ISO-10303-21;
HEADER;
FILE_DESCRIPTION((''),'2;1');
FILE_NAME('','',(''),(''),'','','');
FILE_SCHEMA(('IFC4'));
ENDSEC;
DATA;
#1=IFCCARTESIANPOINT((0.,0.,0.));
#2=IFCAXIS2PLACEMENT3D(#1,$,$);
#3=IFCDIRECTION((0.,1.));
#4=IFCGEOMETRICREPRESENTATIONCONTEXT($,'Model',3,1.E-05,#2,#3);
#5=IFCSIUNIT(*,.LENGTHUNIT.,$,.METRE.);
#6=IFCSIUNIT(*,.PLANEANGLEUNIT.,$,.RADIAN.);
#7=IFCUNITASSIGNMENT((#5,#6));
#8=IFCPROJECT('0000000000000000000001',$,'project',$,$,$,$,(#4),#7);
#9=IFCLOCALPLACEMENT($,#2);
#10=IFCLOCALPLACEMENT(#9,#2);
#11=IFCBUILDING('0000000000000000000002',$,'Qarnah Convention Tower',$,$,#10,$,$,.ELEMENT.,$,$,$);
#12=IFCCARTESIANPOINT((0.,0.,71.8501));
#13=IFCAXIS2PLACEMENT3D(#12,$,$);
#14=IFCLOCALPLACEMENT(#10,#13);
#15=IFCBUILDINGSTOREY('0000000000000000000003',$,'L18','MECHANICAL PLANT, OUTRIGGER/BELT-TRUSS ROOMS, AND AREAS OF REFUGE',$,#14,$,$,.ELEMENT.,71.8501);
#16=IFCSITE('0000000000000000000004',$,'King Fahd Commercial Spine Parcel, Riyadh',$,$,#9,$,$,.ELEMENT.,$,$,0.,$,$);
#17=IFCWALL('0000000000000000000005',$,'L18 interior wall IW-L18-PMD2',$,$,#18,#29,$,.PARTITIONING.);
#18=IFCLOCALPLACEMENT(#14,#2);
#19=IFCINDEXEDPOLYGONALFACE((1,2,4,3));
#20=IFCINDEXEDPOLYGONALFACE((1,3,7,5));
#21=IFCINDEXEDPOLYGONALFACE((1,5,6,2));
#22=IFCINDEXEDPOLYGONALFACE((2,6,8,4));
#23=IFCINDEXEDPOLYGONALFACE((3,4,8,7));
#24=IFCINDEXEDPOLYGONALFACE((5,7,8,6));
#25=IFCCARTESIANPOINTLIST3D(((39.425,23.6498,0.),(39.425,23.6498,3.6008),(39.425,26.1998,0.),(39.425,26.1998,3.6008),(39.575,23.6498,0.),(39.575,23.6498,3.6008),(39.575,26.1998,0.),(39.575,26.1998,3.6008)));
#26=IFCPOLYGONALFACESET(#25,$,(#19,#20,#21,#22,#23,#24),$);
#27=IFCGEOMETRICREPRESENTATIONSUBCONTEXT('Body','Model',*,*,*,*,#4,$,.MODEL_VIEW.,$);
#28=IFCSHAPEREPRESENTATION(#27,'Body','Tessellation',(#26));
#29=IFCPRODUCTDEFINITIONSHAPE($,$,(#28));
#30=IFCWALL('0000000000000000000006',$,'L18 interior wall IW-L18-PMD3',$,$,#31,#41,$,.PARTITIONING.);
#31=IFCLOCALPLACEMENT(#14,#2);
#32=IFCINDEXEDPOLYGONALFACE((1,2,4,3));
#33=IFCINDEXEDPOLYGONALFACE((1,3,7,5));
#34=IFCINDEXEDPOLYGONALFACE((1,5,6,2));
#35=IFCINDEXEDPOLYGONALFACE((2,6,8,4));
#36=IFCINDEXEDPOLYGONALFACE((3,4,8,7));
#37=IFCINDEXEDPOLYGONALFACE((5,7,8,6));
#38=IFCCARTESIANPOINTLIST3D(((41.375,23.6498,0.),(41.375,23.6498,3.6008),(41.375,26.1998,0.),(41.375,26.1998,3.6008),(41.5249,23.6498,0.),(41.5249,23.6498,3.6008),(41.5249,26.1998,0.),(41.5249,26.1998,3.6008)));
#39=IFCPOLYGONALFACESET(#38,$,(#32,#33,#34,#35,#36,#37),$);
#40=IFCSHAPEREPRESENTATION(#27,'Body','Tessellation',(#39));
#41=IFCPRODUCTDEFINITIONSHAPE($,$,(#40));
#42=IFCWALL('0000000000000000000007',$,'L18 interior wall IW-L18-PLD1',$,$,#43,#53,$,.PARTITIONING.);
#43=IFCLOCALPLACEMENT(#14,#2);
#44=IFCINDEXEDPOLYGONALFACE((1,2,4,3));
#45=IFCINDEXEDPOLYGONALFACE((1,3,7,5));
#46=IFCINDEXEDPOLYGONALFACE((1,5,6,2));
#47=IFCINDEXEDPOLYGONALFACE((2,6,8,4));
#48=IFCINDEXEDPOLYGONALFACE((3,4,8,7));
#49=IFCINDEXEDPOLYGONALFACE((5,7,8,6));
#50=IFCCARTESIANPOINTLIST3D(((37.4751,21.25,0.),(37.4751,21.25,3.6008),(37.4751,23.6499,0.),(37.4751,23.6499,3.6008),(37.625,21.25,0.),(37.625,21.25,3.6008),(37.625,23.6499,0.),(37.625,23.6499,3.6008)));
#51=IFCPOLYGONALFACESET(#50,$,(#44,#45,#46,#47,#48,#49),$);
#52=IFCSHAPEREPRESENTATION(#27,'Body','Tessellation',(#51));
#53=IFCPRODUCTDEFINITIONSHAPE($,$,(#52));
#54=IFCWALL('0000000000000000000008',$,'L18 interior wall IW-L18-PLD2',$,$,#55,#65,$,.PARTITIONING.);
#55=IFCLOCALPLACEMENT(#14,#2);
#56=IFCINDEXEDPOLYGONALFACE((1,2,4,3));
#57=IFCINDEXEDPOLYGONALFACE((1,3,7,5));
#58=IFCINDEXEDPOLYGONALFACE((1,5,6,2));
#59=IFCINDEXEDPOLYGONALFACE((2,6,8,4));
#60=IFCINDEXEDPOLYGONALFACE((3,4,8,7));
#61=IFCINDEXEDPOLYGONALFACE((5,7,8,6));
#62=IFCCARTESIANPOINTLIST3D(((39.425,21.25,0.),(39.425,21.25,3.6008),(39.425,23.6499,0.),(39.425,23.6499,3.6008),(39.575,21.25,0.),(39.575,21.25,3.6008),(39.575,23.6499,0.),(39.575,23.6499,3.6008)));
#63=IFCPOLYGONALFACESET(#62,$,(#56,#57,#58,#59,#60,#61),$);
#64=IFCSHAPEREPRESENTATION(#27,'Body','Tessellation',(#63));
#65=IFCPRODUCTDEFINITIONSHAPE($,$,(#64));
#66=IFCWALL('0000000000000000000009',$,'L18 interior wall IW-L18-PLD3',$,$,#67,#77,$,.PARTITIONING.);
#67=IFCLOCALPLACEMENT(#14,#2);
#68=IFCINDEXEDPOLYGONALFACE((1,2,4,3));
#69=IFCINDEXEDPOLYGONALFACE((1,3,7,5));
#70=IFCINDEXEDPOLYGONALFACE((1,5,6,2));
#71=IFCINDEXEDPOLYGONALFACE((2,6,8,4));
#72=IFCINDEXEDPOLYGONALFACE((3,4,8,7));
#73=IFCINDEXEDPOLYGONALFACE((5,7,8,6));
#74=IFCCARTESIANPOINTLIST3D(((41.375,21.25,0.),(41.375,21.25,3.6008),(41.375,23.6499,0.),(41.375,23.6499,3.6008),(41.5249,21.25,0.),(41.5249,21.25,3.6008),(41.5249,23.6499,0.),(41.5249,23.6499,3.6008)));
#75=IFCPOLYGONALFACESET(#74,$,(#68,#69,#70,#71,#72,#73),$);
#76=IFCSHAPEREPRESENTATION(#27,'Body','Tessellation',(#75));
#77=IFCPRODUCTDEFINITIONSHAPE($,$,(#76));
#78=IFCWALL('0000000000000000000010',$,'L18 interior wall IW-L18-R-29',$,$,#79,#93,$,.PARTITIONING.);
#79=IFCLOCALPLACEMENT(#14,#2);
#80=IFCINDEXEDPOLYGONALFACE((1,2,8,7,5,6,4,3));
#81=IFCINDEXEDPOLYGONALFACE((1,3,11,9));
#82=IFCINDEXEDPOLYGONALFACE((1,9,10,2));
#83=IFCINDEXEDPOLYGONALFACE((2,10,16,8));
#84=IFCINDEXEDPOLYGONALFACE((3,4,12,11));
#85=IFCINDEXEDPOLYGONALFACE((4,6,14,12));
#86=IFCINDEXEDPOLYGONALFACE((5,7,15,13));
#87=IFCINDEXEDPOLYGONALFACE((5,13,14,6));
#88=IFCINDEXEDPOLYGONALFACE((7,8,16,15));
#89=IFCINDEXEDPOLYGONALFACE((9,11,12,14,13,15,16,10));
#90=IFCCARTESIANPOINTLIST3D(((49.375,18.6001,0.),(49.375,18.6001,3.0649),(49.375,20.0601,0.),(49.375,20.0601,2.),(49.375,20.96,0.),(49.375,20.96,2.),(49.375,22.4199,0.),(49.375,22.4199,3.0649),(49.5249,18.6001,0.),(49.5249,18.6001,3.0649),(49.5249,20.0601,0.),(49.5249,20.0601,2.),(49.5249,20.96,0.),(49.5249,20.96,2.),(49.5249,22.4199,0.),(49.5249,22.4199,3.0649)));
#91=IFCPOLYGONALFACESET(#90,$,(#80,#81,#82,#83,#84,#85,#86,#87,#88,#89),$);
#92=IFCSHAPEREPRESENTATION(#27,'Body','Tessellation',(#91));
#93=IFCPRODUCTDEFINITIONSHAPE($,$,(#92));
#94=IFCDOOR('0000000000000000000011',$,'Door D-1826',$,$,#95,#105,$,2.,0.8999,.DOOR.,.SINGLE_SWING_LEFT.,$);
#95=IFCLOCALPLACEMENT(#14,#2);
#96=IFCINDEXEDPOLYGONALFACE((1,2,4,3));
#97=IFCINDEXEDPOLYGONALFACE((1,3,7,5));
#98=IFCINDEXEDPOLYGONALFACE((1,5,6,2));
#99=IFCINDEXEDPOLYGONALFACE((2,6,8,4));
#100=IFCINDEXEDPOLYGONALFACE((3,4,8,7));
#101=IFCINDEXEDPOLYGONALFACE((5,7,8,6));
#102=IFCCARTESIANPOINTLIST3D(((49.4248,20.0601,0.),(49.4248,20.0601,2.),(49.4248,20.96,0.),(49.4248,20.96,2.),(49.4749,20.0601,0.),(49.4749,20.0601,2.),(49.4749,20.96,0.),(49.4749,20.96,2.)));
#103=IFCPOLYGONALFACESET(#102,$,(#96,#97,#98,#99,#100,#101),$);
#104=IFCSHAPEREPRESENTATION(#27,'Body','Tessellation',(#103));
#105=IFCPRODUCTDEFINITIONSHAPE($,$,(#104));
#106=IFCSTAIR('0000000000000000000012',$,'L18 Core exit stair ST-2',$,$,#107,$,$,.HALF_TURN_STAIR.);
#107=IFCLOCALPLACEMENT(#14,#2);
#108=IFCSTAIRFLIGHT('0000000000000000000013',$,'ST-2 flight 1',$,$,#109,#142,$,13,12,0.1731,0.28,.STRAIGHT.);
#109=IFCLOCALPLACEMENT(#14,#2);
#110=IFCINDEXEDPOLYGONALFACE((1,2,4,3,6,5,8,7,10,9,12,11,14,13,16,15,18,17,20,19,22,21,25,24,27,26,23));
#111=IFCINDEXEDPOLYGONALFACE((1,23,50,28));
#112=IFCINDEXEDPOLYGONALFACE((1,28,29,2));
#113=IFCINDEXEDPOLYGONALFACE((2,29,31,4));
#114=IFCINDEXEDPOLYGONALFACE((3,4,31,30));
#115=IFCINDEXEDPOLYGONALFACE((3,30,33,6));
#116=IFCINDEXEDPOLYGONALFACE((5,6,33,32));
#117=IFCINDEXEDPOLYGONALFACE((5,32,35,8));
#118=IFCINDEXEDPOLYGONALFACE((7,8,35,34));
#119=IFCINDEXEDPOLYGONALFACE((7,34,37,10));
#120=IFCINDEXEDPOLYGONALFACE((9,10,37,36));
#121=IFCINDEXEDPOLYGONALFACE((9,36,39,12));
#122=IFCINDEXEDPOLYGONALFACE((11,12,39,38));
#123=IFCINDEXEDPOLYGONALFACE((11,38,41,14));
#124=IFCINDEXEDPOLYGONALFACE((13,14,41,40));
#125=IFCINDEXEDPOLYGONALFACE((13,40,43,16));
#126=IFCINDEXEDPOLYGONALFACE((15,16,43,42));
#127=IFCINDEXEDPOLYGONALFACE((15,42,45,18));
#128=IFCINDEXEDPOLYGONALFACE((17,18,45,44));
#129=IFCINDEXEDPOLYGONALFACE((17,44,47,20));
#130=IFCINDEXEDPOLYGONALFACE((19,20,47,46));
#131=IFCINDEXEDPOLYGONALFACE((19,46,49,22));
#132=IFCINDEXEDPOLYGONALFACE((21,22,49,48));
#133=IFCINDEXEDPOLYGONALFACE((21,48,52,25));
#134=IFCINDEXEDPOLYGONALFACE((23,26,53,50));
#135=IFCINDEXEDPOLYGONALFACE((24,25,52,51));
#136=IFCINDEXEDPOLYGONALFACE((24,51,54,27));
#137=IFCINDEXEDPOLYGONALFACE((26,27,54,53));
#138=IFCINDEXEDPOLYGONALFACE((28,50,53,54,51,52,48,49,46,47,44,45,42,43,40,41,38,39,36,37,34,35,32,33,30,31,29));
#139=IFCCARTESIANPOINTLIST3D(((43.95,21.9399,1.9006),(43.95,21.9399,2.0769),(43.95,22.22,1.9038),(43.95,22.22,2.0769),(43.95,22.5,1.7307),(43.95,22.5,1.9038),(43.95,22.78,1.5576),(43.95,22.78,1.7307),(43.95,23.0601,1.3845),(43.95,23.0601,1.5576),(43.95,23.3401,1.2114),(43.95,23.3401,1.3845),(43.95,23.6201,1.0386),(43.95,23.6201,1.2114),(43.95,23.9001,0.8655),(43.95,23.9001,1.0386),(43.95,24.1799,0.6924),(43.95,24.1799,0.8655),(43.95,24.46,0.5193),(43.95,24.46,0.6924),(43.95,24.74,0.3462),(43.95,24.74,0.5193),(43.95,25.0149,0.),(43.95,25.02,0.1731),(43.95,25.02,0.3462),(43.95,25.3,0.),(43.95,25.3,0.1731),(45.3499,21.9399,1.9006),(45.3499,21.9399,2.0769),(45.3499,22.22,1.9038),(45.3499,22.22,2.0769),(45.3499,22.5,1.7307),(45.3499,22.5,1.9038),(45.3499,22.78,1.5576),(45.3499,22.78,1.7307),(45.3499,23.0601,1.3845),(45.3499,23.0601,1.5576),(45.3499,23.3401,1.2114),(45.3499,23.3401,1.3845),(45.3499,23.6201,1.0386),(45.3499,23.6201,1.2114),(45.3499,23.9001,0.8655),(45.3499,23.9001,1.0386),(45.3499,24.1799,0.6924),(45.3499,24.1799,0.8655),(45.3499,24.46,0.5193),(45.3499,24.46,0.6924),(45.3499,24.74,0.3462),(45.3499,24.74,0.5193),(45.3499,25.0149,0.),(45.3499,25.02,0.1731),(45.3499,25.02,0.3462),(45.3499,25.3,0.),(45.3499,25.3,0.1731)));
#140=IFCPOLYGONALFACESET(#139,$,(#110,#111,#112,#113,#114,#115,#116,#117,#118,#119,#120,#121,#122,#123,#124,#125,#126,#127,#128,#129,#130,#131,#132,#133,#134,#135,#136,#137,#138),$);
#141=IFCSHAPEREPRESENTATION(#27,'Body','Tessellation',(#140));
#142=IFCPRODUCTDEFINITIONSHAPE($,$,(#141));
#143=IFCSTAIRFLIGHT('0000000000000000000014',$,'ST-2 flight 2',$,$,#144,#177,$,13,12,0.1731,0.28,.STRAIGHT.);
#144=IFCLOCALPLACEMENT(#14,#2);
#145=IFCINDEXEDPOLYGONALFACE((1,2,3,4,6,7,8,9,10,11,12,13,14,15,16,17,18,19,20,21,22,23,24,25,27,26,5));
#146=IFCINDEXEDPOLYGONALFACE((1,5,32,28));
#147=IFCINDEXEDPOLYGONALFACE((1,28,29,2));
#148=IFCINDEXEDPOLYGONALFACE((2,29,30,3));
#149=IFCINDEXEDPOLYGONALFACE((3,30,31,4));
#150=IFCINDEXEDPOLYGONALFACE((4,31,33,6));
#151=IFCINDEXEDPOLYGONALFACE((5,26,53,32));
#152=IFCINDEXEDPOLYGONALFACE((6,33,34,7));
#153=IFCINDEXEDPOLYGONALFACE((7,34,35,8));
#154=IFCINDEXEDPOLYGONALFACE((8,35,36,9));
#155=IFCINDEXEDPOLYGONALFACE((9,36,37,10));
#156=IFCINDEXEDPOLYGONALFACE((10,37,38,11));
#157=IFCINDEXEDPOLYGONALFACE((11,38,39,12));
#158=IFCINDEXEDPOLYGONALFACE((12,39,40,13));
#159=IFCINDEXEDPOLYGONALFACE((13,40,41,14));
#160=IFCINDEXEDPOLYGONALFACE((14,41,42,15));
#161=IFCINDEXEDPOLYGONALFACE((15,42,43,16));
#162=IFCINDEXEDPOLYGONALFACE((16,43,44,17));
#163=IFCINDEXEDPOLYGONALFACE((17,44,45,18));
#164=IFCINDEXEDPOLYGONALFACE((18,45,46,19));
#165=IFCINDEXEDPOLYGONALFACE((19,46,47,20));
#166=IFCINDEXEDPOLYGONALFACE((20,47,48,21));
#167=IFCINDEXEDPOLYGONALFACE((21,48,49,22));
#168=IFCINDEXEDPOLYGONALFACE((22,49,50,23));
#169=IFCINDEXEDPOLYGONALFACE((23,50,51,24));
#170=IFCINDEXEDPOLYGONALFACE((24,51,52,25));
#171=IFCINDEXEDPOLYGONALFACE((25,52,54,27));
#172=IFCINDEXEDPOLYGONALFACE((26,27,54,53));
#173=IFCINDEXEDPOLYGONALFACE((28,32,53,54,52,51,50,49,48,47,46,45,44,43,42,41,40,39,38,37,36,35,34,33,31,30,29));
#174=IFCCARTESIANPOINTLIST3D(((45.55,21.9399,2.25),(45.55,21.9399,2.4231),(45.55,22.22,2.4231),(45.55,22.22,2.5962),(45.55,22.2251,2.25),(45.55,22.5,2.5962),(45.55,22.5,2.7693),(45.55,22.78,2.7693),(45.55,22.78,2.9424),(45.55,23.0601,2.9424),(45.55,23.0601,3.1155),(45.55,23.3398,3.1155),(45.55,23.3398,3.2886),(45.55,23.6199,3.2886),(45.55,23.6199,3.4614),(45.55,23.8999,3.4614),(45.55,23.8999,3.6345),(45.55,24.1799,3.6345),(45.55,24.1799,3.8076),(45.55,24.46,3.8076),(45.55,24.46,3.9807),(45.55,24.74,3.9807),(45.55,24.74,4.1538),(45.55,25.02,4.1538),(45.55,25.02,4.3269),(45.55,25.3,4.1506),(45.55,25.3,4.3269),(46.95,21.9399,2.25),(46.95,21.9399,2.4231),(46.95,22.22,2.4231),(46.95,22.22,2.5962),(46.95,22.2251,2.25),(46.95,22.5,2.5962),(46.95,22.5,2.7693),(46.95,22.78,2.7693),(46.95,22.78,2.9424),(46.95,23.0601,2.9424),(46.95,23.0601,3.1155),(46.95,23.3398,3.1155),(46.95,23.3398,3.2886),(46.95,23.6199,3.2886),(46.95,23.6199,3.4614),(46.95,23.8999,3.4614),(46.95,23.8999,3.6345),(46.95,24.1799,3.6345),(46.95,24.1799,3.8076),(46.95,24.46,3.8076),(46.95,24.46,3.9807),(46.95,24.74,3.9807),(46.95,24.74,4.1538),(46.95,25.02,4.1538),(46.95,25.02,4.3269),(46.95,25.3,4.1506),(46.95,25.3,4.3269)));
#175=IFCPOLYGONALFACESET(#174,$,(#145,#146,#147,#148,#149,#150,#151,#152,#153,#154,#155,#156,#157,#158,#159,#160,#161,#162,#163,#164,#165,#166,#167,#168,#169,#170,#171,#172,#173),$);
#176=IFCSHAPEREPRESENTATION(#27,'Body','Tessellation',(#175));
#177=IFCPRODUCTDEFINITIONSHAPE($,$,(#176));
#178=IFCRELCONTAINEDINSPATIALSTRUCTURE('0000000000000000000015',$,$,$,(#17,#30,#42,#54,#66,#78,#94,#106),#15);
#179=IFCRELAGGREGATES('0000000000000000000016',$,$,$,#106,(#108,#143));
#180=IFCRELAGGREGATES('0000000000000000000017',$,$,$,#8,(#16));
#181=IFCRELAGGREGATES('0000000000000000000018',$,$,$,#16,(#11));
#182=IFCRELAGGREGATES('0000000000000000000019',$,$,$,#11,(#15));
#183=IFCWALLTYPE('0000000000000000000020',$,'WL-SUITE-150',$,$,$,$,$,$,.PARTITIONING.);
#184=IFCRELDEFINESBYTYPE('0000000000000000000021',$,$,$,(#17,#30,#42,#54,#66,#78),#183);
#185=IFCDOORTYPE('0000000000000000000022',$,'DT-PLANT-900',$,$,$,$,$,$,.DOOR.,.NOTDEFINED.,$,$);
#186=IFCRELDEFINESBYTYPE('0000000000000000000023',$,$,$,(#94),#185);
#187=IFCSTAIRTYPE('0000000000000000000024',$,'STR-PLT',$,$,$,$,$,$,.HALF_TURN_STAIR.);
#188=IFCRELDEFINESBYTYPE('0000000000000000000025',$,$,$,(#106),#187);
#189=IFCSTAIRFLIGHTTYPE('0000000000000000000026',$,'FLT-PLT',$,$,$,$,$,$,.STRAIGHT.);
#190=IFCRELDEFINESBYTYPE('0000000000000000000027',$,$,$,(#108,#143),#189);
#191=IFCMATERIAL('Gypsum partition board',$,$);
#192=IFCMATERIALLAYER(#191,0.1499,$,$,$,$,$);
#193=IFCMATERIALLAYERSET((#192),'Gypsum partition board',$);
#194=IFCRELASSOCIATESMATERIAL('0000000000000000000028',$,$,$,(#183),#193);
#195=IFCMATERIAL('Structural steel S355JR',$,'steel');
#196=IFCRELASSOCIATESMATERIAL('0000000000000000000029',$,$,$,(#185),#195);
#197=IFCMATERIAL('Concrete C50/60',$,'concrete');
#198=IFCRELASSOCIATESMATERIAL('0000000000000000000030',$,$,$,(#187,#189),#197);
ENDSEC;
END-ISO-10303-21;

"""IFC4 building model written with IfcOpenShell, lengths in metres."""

from ifc_helpers import new_model, si_unit, direction, frame, frame_2d, origin, place, context, subcontext, project, spatial, polyline, rectangle, outline, extrude, material, layer, layer_set, type_object, element, fill, aggregate, save


model = new_model("IFC4")

# Units and contexts
model_context = context("Model", 3, precision=1e-05, world=origin(), true_north=direction((0.0, 1.0)))
body_context = subcontext(model_context, "Body", "Model", "MODEL_VIEW")
ifc_project = project(units=[si_unit("LENGTHUNIT", "METRE"), si_unit("PLANEANGLEUNIT", "RADIAN")], contexts=[model_context])

# Site, building, storey
site_placement = place(None, origin())
site = spatial("IfcSite", under=ifc_project, at=site_placement, Name="King Fahd Commercial Spine Parcel, Riyadh", CompositionType="ELEMENT", RefElevation=0.0)
building_placement = place(site_placement, origin())
building = spatial("IfcBuilding", under=site, at=building_placement, Name="Qarnah Convention Tower", CompositionType="ELEMENT")
storey_placement = place(building_placement, frame((0.0, 0.0, 71.8501)))
storey = spatial("IfcBuildingStorey", under=building, at=storey_placement, Name="L18", Description="MECHANICAL PLANT, OUTRIGGER/BELT-TRUSS ROOMS, AND AREAS OF REFUGE", CompositionType="ELEMENT", Elevation=71.8501)

# Shared definitions
ifc_material_1 = material(Name="Structural steel S355JR", Category="steel")

# Walls
ifc_material_2 = material(Name="Gypsum partition board")
ifc_layer_1 = layer(ifc_material_2, 0.1499)
ifc_layer_set_1 = layer_set([ifc_layer_1], Name="Gypsum partition board")
wall_type_1 = type_object("IfcWallType", Name="WL-SUITE-150", PredefinedType="PARTITIONING", material=ifc_layer_set_1)
for number, where, z_axis, x_axis, name in (
    (1, (39.5, 23.6499, 0.0), (0.0, 0.0, 1.0), (0.0, 1.0, 0.0), "L18 interior wall IW-L18-PMD2"),
    (2, (41.45, 23.6499, 0.0), (0.0, 0.0, 1.0), (0.0, 1.0, 0.0), "L18 interior wall IW-L18-PMD3"),
):
    element("IfcWall", number, at=place(storey_placement, frame(where, z_axis=z_axis, x_axis=x_axis)), inside=storey, type_object=wall_type_1, Name=name, PredefinedType="PARTITIONING", context=body_context, shape_type="SweptSolid", body=[
        extrude(rectangle(XDim=2.55, YDim=0.1499, at=frame_2d((1.2749, 0.0))), origin(), (0.0, 0.0, 1.0), 3.6008),
    ])
for number, where, z_axis, x_axis, name in (
    (3, (37.55, 21.25, 0.0), (0.0, 0.0, 1.0), (0.0, 1.0, 0.0), "L18 interior wall IW-L18-PLD1"),
    (4, (39.5, 21.25, 0.0), (0.0, 0.0, 1.0), (0.0, 1.0, 0.0), "L18 interior wall IW-L18-PLD2"),
    (5, (41.45, 21.25, 0.0), (0.0, 0.0, 1.0), (0.0, 1.0, 0.0), "L18 interior wall IW-L18-PLD3"),
):
    element("IfcWall", number, at=place(storey_placement, frame(where, z_axis=z_axis, x_axis=x_axis)), inside=storey, type_object=wall_type_1, Name=name, PredefinedType="PARTITIONING", context=body_context, shape_type="SweptSolid", body=[
        extrude(rectangle(XDim=2.3999, YDim=0.1499, at=frame_2d((1.2, 0.0))), origin(), (0.0, 0.0, 1.0), 3.6008),
    ])

# Wall, opening, door
wall_1_placement = place(storey_placement, frame((49.45, 22.4199, 0.0), z_axis=(0.0, 0.0, 1.0), x_axis=(0.0, -1.0, 0.0)))
wall_1 = element("IfcWall", 6, at=wall_1_placement, inside=storey, type_object=wall_type_1, Name="L18 interior wall IW-L18-R-29", PredefinedType="PARTITIONING", context=body_context, shape_type="SweptSolid", body=[
    extrude(rectangle(XDim=3.8198, YDim=0.1499, at=frame_2d((1.9099, 0.0))), origin(), (0.0, 0.0, 1.0), 3.0649),
])
opening_placement = place(wall_1_placement, frame((1.46, 0.0, 0.0)))
opening = element("IfcOpeningElement", 7, at=opening_placement, cuts=wall_1, PredefinedType="OPENING", context=body_context, shape_type="SweptSolid", body=[
    extrude(rectangle(XDim=0.8999, YDim=2.0, at=frame_2d((0.45, 1.0))), frame((0.0, 0.085, 0.0), z_axis=(0.0, -1.0, 0.0), x_axis=(1.0, 0.0, 0.0)), (0.0, 0.0, 1.0), 0.1699),
])
door_type = type_object("IfcDoorType", Name="DT-PLANT-900", OperationType="NOTDEFINED", PredefinedType="DOOR", material=ifc_material_1)
door_placement = place(opening_placement, origin())
door = element("IfcDoor", 8, at=door_placement, inside=storey, type_object=door_type, Name="Door D-1826", OperationType="SINGLE_SWING_LEFT", OverallHeight=2.0, OverallWidth=0.8999, PredefinedType="DOOR", context=body_context, shape_type="SweptSolid", body=[
    extrude(rectangle(XDim=0.8999, YDim=2.0, at=frame_2d((0.45, 1.0))), frame((0.0, 0.0249, 0.0), z_axis=(0.0, -1.0, 0.0), x_axis=(1.0, 0.0, 0.0)), (0.0, 0.0, 1.0), 0.05),
])
fill(opening, door)

# Stair, stair flights
ifc_material_3 = material(Name="Concrete C50/60", Category="concrete")
stair_type = type_object("IfcStairType", Name="STR-PLT", PredefinedType="HALF_TURN_STAIR", material=ifc_material_3)
stair_placement = place(storey_placement, origin())
stair = element("IfcStair", 9, at=stair_placement, inside=storey, type_object=stair_type, Name="L18 Core exit stair ST-2", PredefinedType="HALF_TURN_STAIR")
stair_flight_type = type_object("IfcStairFlightType", Name="FLT-PLT", PredefinedType="STRAIGHT", material=ifc_material_3)
stair_flight_1_placement = place(storey_placement, frame((44.6499, 25.3, 0.0), z_axis=(0.0, 0.0, 1.0), x_axis=(0.0, -1.0, 0.0)))
stair_flight_1 = element("IfcStairFlight", 10, at=stair_flight_1_placement, type_object=stair_flight_type, Name="ST-2 flight 1", NumberOfRisers=13, NumberOfTreads=12, PredefinedType="STRAIGHT", RiserHeight=0.1731, TreadLength=0.28, context=body_context, shape_type="SweptSolid", body=[
    extrude(outline(polyline([(0.0, 0.0), (0.0, 0.1731), (0.28, 0.1731), (0.28, 0.3462), (0.5601, 0.3462), (0.5601, 0.5193), (0.8401, 0.5193), (0.8401, 0.6924), (1.1201, 0.6924), (1.1201, 0.8655), (1.3999, 0.8655), (1.3999, 1.0386), (1.6799, 1.0386), (1.6799, 1.2114), (1.96, 1.2114), (1.96, 1.3845), (2.24, 1.3845), (2.24, 1.5576), (2.52, 1.5576), (2.52, 1.7307), (2.8, 1.7307), (2.8, 1.9038), (3.0801, 1.9038), (3.0801, 2.0769), (3.3601, 2.0769), (3.3601, 2.25), (3.3601, 1.9006), (0.2852, 0.0), (0.0, 0.0)])), frame((0.0, 0.7, 0.0), z_axis=(0.0, -1.0, 0.0), x_axis=(1.0, 0.0, 0.0)), (0.0, 0.0, 1.0), 1.3999),
])
stair_flight_2_placement = place(storey_placement, frame((46.25, 21.9399, 2.25), z_axis=(0.0, 0.0, 1.0), x_axis=(0.0, 1.0, 0.0)))
stair_flight_2 = element("IfcStairFlight", 11, at=stair_flight_2_placement, type_object=stair_flight_type, Name="ST-2 flight 2", NumberOfRisers=13, NumberOfTreads=12, PredefinedType="STRAIGHT", RiserHeight=0.1731, TreadLength=0.28, context=body_context, shape_type="SweptSolid", body=[
    extrude(outline(polyline([(0.0, 0.0), (0.0, 0.1731), (0.28, 0.1731), (0.28, 0.3462), (0.5601, 0.3462), (0.5601, 0.5193), (0.8401, 0.5193), (0.8401, 0.6924), (1.1201, 0.6924), (1.1201, 0.8655), (1.3999, 0.8655), (1.3999, 1.0386), (1.6799, 1.0386), (1.6799, 1.2114), (1.96, 1.2114), (1.96, 1.3845), (2.24, 1.3845), (2.24, 1.5576), (2.52, 1.5576), (2.52, 1.7307), (2.8, 1.7307), (2.8, 1.9038), (3.0801, 1.9038), (3.0801, 2.0769), (3.3601, 2.0769), (3.3601, 2.25), (3.3601, 1.9006), (0.2852, 0.0), (0.0, 0.0)])), frame((0.0, 0.7, 0.0), z_axis=(0.0, -1.0, 0.0), x_axis=(1.0, 0.0, 0.0)), (0.0, 0.0, 1.0), 1.3999),
])
aggregate(stair, [stair_flight_1, stair_flight_2])

save(model, "model.ifc")
